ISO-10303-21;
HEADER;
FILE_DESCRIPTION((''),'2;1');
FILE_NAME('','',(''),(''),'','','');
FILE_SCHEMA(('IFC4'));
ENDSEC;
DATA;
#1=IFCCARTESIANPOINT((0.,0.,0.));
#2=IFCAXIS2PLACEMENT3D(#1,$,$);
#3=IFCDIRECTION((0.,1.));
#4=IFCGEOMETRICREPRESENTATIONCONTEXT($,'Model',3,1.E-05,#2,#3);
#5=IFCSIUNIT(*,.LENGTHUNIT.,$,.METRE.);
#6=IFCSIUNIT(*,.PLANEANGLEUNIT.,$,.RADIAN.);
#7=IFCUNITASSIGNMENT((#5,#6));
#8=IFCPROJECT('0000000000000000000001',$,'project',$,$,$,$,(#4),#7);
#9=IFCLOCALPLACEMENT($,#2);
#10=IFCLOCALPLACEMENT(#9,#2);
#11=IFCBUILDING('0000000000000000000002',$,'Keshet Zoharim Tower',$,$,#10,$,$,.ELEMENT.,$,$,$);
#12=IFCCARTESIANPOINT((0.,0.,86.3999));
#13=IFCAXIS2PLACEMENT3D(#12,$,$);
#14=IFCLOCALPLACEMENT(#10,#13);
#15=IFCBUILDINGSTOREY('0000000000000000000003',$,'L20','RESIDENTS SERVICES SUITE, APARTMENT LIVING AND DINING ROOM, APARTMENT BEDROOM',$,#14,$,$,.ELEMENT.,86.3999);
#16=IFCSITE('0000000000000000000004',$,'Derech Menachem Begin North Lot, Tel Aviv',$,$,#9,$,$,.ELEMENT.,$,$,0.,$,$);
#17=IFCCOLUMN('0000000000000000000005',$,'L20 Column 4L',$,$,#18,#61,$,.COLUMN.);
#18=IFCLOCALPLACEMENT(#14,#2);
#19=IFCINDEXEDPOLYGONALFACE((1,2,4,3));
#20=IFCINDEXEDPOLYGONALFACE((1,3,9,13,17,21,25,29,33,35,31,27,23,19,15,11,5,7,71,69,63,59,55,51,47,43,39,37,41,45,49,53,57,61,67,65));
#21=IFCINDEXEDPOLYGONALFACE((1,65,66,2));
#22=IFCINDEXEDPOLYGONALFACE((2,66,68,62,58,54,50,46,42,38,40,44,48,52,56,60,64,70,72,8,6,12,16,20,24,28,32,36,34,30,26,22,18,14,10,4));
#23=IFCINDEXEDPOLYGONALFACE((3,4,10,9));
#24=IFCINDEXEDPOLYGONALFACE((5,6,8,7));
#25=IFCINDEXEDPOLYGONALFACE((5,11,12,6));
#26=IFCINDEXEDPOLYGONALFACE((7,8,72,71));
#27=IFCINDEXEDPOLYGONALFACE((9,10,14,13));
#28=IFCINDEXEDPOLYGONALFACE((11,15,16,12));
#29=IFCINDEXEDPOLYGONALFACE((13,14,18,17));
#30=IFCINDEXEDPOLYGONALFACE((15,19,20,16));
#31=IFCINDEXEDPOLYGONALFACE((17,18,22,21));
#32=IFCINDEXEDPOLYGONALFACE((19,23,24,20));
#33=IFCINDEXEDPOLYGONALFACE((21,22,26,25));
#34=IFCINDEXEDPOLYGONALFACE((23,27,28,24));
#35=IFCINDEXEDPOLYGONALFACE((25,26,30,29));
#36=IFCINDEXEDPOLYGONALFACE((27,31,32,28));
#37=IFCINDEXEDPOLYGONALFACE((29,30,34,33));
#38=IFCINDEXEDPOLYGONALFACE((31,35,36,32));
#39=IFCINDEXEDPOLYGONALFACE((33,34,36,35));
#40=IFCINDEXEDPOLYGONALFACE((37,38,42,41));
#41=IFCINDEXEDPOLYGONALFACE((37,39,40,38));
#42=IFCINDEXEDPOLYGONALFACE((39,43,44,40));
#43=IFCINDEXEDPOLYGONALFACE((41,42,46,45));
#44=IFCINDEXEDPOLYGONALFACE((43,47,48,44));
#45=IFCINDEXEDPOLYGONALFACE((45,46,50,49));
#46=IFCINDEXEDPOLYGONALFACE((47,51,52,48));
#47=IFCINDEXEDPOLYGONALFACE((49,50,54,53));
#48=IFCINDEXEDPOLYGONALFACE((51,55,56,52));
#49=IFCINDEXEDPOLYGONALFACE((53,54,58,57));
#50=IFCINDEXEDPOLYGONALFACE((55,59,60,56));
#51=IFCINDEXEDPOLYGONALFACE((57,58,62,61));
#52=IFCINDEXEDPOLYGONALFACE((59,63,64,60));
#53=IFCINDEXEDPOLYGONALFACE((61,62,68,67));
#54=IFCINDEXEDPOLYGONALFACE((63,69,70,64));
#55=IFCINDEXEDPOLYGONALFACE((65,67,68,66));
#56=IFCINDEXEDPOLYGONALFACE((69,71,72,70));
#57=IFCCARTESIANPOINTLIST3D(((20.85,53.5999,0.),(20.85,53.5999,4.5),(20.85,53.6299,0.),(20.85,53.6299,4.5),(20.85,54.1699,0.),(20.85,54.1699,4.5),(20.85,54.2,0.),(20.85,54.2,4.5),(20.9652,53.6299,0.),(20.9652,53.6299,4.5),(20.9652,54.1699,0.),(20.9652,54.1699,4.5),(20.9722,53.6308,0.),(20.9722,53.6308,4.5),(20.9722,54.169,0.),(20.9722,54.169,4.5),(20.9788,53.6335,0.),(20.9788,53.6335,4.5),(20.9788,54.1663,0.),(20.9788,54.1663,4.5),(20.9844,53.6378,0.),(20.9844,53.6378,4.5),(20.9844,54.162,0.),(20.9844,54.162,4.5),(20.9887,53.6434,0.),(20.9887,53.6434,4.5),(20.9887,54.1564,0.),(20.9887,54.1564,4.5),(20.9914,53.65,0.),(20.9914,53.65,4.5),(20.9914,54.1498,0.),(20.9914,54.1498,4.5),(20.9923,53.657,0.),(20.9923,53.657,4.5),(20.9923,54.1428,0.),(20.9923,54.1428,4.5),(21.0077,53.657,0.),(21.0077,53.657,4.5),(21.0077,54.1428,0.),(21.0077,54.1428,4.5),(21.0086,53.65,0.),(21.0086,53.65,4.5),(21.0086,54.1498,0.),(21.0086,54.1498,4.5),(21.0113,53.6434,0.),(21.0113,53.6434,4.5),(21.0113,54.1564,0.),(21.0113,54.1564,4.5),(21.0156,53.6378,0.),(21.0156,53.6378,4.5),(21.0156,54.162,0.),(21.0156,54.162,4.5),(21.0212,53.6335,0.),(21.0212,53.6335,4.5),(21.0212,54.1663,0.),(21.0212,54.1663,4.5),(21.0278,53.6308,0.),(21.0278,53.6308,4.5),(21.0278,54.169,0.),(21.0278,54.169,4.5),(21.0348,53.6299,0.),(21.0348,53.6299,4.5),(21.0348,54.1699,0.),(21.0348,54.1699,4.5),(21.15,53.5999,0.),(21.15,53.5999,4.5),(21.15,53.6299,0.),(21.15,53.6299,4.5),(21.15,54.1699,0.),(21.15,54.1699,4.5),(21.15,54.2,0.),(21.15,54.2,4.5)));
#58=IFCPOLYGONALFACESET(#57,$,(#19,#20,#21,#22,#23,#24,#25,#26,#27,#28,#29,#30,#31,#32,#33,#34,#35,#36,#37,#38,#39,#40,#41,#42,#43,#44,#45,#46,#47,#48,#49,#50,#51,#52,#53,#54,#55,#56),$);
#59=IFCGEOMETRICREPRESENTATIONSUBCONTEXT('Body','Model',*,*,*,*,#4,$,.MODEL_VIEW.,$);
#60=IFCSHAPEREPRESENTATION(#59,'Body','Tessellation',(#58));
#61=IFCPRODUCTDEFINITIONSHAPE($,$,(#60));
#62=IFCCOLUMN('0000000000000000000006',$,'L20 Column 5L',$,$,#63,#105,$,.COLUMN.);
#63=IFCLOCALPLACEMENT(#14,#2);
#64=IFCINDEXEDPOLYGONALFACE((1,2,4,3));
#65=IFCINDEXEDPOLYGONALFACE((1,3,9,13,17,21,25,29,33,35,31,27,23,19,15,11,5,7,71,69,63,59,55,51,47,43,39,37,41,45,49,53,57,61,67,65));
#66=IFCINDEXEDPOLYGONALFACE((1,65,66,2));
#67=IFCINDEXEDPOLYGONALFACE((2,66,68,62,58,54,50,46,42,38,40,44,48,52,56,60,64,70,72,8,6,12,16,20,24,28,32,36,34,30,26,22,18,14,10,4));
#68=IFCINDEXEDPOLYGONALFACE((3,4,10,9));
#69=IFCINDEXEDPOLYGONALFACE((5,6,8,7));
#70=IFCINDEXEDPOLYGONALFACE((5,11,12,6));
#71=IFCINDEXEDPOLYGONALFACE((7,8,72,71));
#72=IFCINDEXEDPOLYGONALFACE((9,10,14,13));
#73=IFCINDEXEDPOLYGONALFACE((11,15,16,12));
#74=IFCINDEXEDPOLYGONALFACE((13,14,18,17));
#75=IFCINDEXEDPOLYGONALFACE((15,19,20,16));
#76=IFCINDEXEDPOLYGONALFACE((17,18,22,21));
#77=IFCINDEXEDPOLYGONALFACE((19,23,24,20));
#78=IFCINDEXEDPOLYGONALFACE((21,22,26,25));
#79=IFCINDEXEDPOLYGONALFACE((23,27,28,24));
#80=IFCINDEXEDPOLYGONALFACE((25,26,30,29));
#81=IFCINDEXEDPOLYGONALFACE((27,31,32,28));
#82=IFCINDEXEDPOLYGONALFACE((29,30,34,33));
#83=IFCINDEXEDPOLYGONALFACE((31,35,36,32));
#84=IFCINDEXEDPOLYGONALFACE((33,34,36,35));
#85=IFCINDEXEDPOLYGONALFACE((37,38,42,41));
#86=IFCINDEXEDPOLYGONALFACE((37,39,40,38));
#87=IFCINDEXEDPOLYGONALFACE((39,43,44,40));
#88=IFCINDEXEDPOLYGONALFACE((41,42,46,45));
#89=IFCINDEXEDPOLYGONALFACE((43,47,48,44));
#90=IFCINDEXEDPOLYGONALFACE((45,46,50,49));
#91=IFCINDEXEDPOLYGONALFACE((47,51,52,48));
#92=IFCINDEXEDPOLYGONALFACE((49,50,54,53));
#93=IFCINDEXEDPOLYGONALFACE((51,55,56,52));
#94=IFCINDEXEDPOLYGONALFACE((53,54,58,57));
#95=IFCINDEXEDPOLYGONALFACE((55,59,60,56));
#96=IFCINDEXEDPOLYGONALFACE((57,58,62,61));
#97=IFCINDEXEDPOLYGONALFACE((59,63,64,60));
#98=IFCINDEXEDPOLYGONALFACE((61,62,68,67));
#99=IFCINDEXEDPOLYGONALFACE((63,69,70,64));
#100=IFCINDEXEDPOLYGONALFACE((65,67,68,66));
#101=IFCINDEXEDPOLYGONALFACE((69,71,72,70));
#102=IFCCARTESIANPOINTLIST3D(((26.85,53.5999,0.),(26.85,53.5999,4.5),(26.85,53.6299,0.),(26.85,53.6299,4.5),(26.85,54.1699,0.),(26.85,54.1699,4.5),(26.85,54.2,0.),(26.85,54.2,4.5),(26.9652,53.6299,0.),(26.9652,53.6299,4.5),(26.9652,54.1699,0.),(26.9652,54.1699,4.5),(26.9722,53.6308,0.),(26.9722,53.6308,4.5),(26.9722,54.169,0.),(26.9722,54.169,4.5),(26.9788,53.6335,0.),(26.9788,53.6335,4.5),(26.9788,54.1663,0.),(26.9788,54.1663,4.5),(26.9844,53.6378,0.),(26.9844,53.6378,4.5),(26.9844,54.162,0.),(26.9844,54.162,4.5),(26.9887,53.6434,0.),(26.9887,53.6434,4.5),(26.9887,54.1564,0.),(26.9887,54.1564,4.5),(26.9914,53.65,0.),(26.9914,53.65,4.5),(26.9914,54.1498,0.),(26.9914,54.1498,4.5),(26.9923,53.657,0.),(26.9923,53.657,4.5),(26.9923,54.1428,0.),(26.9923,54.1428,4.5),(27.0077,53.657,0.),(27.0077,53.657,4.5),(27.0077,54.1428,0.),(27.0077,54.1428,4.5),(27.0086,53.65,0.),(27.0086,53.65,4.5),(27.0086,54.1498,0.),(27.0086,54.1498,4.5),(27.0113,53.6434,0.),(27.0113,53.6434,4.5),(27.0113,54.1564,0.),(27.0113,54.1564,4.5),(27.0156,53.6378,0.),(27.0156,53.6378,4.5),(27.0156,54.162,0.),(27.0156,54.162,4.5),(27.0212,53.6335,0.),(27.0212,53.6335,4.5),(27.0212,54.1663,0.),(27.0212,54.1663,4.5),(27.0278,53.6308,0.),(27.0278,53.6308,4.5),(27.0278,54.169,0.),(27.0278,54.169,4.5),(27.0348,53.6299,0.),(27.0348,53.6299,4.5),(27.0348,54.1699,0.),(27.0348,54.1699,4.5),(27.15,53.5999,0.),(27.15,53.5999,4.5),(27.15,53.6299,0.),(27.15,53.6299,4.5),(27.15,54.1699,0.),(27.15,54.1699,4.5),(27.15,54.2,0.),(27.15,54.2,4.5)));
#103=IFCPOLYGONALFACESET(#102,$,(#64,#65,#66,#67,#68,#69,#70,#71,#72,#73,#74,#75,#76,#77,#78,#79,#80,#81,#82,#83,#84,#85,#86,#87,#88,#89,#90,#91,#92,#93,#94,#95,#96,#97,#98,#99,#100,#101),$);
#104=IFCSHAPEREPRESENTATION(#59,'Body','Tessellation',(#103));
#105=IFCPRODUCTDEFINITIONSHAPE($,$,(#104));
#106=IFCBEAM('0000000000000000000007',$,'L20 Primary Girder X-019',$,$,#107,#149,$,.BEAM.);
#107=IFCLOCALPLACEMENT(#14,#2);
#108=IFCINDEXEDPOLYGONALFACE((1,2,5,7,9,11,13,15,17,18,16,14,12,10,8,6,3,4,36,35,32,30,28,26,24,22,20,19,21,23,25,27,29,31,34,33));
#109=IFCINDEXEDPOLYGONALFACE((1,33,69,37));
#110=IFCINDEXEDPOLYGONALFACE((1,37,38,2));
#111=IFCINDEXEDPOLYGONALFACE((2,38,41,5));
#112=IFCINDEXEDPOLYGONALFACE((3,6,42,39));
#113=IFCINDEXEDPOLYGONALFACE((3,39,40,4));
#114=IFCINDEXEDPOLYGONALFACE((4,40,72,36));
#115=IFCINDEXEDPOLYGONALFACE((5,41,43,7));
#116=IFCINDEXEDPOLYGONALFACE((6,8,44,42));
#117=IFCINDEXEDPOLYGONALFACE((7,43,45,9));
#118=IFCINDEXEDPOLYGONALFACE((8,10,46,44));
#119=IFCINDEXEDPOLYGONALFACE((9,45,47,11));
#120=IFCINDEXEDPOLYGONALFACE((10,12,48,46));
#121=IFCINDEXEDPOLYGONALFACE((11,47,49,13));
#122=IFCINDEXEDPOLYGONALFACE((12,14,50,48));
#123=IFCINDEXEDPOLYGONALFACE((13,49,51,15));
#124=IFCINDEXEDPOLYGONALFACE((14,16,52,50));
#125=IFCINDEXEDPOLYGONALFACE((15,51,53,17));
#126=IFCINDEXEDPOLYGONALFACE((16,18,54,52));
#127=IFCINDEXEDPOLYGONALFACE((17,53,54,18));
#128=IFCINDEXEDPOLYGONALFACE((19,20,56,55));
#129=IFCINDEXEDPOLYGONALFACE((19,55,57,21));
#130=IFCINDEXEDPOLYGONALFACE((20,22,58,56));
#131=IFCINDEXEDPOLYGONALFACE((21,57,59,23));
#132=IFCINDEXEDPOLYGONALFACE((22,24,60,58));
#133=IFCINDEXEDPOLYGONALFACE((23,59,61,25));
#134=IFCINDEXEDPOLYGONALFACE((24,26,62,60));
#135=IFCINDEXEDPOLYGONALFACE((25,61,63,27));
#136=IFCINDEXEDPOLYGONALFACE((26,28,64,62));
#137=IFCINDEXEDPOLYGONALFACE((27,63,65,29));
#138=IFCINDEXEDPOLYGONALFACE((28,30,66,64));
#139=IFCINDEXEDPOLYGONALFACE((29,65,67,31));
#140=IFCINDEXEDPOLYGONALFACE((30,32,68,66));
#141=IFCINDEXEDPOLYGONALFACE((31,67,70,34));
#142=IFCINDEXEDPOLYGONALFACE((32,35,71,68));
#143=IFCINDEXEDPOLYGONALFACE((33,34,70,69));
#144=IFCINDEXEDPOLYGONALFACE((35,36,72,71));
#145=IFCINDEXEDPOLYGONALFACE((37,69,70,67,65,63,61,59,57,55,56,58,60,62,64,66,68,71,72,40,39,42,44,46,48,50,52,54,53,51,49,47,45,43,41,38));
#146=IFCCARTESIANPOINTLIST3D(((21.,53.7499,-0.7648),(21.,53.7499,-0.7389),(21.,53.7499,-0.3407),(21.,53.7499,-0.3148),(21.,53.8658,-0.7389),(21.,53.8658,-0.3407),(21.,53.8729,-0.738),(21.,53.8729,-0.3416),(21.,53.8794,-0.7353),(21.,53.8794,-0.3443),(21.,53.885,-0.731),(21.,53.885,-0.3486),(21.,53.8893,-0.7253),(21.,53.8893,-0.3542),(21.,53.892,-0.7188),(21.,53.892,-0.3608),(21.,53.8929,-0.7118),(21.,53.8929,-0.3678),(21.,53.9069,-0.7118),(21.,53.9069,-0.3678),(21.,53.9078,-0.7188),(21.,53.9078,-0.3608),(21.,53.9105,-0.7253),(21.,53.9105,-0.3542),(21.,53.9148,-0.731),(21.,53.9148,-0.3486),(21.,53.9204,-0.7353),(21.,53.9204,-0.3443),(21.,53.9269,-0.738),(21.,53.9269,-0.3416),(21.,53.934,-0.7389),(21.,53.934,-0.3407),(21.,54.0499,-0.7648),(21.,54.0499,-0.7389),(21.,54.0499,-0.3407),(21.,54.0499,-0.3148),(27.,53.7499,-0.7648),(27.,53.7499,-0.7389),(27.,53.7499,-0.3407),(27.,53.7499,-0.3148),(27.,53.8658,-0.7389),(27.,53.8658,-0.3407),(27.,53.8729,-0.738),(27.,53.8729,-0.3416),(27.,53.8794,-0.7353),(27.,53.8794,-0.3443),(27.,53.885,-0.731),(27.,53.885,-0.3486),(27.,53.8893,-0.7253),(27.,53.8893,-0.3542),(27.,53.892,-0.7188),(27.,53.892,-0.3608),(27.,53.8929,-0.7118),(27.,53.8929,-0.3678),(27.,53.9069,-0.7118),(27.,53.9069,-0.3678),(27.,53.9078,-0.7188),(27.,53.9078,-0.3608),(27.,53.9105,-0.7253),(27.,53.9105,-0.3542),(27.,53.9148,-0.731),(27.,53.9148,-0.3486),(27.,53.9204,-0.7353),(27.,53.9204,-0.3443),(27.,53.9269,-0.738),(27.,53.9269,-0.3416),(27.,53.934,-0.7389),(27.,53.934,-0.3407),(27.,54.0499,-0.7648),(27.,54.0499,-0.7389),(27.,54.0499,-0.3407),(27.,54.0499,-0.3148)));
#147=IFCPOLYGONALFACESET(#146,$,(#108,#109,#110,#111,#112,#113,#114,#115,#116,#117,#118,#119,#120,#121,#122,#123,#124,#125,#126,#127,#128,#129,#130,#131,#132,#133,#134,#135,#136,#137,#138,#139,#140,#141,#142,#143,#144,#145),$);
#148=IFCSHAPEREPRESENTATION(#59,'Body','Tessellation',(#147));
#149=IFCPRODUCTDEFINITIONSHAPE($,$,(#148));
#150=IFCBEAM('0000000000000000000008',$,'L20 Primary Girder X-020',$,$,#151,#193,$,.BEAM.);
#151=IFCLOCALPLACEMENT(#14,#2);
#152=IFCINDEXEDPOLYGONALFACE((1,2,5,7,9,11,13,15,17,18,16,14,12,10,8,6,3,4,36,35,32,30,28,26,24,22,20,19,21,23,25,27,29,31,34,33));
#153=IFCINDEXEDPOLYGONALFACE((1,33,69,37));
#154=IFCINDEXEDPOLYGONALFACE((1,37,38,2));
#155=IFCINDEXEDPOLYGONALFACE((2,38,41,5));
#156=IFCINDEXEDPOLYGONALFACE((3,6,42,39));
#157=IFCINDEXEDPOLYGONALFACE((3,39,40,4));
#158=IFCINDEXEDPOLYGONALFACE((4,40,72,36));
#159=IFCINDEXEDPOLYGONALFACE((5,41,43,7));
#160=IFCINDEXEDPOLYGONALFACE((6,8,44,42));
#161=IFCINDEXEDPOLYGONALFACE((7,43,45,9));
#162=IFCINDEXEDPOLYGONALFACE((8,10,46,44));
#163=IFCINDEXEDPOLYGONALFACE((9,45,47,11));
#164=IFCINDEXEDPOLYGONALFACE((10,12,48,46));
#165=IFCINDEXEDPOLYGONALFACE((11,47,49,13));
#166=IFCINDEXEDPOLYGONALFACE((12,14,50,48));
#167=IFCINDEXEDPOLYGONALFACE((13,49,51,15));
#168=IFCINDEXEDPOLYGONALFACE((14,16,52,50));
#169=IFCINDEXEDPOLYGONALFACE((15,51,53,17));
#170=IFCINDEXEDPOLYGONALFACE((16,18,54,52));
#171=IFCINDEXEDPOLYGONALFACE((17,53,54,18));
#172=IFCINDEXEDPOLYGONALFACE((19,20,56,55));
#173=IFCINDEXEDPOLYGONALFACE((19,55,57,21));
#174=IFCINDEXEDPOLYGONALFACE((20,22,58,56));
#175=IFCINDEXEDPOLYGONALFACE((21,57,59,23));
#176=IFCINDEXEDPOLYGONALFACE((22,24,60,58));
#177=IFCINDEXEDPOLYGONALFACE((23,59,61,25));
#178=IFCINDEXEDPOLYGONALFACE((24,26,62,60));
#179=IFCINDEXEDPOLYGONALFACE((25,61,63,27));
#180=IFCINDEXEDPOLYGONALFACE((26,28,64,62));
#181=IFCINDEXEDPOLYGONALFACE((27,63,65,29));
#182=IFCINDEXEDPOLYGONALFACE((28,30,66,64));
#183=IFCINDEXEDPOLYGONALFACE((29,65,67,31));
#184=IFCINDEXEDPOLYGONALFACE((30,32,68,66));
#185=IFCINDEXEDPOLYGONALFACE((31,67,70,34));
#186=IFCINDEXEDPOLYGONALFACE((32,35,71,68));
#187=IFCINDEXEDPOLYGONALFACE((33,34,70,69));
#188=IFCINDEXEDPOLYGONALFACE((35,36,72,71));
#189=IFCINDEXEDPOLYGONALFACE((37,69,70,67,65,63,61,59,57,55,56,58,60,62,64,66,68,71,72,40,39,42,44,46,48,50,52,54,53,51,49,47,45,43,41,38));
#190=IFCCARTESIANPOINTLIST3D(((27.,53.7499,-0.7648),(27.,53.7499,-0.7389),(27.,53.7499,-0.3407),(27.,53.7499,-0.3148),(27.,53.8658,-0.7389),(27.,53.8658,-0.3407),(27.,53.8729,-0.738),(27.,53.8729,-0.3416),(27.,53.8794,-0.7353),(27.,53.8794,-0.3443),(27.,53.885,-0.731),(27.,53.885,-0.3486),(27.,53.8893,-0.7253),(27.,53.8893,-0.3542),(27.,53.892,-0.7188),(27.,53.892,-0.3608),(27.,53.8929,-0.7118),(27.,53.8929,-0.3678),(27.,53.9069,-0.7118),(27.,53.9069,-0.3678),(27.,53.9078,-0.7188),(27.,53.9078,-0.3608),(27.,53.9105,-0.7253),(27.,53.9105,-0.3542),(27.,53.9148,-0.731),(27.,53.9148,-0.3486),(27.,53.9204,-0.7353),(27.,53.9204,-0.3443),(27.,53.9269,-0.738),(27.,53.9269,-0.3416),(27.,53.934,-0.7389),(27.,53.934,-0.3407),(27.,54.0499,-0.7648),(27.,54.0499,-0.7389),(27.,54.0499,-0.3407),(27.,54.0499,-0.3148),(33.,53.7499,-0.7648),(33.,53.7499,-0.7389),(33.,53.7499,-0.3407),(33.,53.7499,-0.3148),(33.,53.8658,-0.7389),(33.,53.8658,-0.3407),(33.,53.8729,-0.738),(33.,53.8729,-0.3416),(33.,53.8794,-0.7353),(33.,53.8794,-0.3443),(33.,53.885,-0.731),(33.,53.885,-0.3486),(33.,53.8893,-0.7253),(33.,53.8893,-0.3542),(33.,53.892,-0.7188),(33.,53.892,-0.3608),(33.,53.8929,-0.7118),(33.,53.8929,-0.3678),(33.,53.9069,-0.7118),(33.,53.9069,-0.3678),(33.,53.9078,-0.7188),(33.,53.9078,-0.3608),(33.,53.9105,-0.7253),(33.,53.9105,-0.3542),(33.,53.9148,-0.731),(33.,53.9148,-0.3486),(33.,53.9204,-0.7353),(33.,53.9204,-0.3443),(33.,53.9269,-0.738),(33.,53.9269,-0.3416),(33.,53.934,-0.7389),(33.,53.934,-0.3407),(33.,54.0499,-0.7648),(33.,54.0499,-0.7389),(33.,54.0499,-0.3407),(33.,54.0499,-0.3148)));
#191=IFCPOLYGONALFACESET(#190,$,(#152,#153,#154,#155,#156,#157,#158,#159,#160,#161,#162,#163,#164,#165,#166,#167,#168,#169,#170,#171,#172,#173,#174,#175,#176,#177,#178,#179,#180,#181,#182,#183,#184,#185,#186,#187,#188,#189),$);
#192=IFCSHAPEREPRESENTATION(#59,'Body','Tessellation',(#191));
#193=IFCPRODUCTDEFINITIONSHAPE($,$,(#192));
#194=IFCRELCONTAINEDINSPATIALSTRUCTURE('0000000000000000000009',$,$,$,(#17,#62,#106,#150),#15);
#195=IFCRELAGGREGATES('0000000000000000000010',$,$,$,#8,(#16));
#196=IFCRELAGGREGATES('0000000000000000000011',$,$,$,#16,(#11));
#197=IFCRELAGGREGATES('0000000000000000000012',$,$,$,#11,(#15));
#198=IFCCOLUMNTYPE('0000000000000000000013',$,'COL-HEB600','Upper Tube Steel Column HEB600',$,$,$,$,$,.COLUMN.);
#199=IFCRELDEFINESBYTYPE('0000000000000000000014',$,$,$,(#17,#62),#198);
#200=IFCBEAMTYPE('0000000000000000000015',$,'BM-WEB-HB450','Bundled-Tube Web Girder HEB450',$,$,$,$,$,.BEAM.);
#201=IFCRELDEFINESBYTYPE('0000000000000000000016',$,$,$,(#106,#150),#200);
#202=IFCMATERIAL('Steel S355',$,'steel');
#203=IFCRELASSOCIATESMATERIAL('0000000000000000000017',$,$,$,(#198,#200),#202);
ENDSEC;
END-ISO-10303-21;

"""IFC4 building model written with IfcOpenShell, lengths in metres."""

from ifc_helpers import new_model, si_unit, direction, frame, origin, origin_2d, place, context, subcontext, project, spatial, i_section, extrude, material, material_profile, profile_set, type_object, element, save


model = new_model("IFC4")

# Units and contexts
model_context = context("Model", 3, precision=1e-05, world=origin(), true_north=direction((0.0, 1.0)))
body_context = subcontext(model_context, "Body", "Model", "MODEL_VIEW")
ifc_project = project(units=[si_unit("LENGTHUNIT", "METRE"), si_unit("PLANEANGLEUNIT", "RADIAN")], contexts=[model_context])

# Site, building, storey
site_placement = place(None, origin())
site = spatial("IfcSite", under=ifc_project, at=site_placement, Name="Derech Menachem Begin North Lot, Tel Aviv", CompositionType="ELEMENT", RefElevation=0.0)
building_placement = place(site_placement, origin())
building = spatial("IfcBuilding", under=site, at=building_placement, Name="Keshet Zoharim Tower", CompositionType="ELEMENT")
storey_placement = place(building_placement, frame((0.0, 0.0, 86.3999)))
storey = spatial("IfcBuildingStorey", under=building, at=storey_placement, Name="L20", Description="RESIDENTS SERVICES SUITE, APARTMENT LIVING AND DINING ROOM, APARTMENT BEDROOM", CompositionType="ELEMENT", Elevation=86.3999)

# Columns
ifc_material_1 = material(Name="Steel S355", Category="steel")
ifc_material_profile_1 = material_profile(ifc_material_1, i_section(OverallWidth=0.3, OverallDepth=0.6001, WebThickness=0.0154, FlangeThickness=0.03, FilletRadius=0.0271, at=origin_2d()), Name="HEB600")
ifc_profile_set_1 = profile_set([ifc_material_profile_1], Name="Steel S355")
column_type = type_object("IfcColumnType", Name="COL-HEB600", Description="Upper Tube Steel Column HEB600", PredefinedType="COLUMN", material=ifc_profile_set_1)
for number, where, z_axis, x_axis, name in (
    (1, (21.0, 53.8999, 0.0), (0.0, 0.0, 1.0), (1.0, 0.0, 0.0), "L20 Column 4L"),
    (2, (27.0, 53.8999, 0.0), (0.0, 0.0, 1.0), (1.0, 0.0, 0.0), "L20 Column 5L"),
):
    element("IfcColumn", number, at=place(storey_placement, frame(where, z_axis=z_axis, x_axis=x_axis)), inside=storey, type_object=column_type, Name=name, PredefinedType="COLUMN", context=body_context, shape_type="SweptSolid", body=[
        extrude(i_section(OverallWidth=0.3, OverallDepth=0.6001, WebThickness=0.0154, FlangeThickness=0.03, FilletRadius=0.0271, at=origin_2d()), origin(), (0.0, 0.0, 1.0), 4.5),
    ])

# Beams
ifc_material_profile_2 = material_profile(ifc_material_1, i_section(OverallWidth=0.3, OverallDepth=0.45, WebThickness=0.0139, FlangeThickness=0.0259, FilletRadius=0.0271, at=origin_2d()), Name="HEB450")
ifc_profile_set_2 = profile_set([ifc_material_profile_2], Name="Steel S355")
beam_type = type_object("IfcBeamType", Name="BM-WEB-HB450", Description="Bundled-Tube Web Girder HEB450", PredefinedType="BEAM", material=ifc_profile_set_2)
for number, where, z_axis, x_axis, name in (
    (3, (21.0, 53.8999, -0.5398), (1.0, 0.0, 0.0), (0.0, 1.0, 0.0), "L20 Primary Girder X-019"),
    (4, (27.0, 53.8999, -0.5398), (1.0, 0.0, 0.0), (0.0, 1.0, 0.0), "L20 Primary Girder X-020"),
):
    element("IfcBeam", number, at=place(storey_placement, frame(where, z_axis=z_axis, x_axis=x_axis)), inside=storey, type_object=beam_type, Name=name, PredefinedType="BEAM", context=body_context, shape_type="SweptSolid", body=[
        extrude(i_section(OverallWidth=0.3, OverallDepth=0.45, WebThickness=0.0139, FlangeThickness=0.0259, FilletRadius=0.0271, at=origin_2d()), origin(), (0.0, 0.0, 1.0), 6.0),
    ])

save(model, "model.ifc")
